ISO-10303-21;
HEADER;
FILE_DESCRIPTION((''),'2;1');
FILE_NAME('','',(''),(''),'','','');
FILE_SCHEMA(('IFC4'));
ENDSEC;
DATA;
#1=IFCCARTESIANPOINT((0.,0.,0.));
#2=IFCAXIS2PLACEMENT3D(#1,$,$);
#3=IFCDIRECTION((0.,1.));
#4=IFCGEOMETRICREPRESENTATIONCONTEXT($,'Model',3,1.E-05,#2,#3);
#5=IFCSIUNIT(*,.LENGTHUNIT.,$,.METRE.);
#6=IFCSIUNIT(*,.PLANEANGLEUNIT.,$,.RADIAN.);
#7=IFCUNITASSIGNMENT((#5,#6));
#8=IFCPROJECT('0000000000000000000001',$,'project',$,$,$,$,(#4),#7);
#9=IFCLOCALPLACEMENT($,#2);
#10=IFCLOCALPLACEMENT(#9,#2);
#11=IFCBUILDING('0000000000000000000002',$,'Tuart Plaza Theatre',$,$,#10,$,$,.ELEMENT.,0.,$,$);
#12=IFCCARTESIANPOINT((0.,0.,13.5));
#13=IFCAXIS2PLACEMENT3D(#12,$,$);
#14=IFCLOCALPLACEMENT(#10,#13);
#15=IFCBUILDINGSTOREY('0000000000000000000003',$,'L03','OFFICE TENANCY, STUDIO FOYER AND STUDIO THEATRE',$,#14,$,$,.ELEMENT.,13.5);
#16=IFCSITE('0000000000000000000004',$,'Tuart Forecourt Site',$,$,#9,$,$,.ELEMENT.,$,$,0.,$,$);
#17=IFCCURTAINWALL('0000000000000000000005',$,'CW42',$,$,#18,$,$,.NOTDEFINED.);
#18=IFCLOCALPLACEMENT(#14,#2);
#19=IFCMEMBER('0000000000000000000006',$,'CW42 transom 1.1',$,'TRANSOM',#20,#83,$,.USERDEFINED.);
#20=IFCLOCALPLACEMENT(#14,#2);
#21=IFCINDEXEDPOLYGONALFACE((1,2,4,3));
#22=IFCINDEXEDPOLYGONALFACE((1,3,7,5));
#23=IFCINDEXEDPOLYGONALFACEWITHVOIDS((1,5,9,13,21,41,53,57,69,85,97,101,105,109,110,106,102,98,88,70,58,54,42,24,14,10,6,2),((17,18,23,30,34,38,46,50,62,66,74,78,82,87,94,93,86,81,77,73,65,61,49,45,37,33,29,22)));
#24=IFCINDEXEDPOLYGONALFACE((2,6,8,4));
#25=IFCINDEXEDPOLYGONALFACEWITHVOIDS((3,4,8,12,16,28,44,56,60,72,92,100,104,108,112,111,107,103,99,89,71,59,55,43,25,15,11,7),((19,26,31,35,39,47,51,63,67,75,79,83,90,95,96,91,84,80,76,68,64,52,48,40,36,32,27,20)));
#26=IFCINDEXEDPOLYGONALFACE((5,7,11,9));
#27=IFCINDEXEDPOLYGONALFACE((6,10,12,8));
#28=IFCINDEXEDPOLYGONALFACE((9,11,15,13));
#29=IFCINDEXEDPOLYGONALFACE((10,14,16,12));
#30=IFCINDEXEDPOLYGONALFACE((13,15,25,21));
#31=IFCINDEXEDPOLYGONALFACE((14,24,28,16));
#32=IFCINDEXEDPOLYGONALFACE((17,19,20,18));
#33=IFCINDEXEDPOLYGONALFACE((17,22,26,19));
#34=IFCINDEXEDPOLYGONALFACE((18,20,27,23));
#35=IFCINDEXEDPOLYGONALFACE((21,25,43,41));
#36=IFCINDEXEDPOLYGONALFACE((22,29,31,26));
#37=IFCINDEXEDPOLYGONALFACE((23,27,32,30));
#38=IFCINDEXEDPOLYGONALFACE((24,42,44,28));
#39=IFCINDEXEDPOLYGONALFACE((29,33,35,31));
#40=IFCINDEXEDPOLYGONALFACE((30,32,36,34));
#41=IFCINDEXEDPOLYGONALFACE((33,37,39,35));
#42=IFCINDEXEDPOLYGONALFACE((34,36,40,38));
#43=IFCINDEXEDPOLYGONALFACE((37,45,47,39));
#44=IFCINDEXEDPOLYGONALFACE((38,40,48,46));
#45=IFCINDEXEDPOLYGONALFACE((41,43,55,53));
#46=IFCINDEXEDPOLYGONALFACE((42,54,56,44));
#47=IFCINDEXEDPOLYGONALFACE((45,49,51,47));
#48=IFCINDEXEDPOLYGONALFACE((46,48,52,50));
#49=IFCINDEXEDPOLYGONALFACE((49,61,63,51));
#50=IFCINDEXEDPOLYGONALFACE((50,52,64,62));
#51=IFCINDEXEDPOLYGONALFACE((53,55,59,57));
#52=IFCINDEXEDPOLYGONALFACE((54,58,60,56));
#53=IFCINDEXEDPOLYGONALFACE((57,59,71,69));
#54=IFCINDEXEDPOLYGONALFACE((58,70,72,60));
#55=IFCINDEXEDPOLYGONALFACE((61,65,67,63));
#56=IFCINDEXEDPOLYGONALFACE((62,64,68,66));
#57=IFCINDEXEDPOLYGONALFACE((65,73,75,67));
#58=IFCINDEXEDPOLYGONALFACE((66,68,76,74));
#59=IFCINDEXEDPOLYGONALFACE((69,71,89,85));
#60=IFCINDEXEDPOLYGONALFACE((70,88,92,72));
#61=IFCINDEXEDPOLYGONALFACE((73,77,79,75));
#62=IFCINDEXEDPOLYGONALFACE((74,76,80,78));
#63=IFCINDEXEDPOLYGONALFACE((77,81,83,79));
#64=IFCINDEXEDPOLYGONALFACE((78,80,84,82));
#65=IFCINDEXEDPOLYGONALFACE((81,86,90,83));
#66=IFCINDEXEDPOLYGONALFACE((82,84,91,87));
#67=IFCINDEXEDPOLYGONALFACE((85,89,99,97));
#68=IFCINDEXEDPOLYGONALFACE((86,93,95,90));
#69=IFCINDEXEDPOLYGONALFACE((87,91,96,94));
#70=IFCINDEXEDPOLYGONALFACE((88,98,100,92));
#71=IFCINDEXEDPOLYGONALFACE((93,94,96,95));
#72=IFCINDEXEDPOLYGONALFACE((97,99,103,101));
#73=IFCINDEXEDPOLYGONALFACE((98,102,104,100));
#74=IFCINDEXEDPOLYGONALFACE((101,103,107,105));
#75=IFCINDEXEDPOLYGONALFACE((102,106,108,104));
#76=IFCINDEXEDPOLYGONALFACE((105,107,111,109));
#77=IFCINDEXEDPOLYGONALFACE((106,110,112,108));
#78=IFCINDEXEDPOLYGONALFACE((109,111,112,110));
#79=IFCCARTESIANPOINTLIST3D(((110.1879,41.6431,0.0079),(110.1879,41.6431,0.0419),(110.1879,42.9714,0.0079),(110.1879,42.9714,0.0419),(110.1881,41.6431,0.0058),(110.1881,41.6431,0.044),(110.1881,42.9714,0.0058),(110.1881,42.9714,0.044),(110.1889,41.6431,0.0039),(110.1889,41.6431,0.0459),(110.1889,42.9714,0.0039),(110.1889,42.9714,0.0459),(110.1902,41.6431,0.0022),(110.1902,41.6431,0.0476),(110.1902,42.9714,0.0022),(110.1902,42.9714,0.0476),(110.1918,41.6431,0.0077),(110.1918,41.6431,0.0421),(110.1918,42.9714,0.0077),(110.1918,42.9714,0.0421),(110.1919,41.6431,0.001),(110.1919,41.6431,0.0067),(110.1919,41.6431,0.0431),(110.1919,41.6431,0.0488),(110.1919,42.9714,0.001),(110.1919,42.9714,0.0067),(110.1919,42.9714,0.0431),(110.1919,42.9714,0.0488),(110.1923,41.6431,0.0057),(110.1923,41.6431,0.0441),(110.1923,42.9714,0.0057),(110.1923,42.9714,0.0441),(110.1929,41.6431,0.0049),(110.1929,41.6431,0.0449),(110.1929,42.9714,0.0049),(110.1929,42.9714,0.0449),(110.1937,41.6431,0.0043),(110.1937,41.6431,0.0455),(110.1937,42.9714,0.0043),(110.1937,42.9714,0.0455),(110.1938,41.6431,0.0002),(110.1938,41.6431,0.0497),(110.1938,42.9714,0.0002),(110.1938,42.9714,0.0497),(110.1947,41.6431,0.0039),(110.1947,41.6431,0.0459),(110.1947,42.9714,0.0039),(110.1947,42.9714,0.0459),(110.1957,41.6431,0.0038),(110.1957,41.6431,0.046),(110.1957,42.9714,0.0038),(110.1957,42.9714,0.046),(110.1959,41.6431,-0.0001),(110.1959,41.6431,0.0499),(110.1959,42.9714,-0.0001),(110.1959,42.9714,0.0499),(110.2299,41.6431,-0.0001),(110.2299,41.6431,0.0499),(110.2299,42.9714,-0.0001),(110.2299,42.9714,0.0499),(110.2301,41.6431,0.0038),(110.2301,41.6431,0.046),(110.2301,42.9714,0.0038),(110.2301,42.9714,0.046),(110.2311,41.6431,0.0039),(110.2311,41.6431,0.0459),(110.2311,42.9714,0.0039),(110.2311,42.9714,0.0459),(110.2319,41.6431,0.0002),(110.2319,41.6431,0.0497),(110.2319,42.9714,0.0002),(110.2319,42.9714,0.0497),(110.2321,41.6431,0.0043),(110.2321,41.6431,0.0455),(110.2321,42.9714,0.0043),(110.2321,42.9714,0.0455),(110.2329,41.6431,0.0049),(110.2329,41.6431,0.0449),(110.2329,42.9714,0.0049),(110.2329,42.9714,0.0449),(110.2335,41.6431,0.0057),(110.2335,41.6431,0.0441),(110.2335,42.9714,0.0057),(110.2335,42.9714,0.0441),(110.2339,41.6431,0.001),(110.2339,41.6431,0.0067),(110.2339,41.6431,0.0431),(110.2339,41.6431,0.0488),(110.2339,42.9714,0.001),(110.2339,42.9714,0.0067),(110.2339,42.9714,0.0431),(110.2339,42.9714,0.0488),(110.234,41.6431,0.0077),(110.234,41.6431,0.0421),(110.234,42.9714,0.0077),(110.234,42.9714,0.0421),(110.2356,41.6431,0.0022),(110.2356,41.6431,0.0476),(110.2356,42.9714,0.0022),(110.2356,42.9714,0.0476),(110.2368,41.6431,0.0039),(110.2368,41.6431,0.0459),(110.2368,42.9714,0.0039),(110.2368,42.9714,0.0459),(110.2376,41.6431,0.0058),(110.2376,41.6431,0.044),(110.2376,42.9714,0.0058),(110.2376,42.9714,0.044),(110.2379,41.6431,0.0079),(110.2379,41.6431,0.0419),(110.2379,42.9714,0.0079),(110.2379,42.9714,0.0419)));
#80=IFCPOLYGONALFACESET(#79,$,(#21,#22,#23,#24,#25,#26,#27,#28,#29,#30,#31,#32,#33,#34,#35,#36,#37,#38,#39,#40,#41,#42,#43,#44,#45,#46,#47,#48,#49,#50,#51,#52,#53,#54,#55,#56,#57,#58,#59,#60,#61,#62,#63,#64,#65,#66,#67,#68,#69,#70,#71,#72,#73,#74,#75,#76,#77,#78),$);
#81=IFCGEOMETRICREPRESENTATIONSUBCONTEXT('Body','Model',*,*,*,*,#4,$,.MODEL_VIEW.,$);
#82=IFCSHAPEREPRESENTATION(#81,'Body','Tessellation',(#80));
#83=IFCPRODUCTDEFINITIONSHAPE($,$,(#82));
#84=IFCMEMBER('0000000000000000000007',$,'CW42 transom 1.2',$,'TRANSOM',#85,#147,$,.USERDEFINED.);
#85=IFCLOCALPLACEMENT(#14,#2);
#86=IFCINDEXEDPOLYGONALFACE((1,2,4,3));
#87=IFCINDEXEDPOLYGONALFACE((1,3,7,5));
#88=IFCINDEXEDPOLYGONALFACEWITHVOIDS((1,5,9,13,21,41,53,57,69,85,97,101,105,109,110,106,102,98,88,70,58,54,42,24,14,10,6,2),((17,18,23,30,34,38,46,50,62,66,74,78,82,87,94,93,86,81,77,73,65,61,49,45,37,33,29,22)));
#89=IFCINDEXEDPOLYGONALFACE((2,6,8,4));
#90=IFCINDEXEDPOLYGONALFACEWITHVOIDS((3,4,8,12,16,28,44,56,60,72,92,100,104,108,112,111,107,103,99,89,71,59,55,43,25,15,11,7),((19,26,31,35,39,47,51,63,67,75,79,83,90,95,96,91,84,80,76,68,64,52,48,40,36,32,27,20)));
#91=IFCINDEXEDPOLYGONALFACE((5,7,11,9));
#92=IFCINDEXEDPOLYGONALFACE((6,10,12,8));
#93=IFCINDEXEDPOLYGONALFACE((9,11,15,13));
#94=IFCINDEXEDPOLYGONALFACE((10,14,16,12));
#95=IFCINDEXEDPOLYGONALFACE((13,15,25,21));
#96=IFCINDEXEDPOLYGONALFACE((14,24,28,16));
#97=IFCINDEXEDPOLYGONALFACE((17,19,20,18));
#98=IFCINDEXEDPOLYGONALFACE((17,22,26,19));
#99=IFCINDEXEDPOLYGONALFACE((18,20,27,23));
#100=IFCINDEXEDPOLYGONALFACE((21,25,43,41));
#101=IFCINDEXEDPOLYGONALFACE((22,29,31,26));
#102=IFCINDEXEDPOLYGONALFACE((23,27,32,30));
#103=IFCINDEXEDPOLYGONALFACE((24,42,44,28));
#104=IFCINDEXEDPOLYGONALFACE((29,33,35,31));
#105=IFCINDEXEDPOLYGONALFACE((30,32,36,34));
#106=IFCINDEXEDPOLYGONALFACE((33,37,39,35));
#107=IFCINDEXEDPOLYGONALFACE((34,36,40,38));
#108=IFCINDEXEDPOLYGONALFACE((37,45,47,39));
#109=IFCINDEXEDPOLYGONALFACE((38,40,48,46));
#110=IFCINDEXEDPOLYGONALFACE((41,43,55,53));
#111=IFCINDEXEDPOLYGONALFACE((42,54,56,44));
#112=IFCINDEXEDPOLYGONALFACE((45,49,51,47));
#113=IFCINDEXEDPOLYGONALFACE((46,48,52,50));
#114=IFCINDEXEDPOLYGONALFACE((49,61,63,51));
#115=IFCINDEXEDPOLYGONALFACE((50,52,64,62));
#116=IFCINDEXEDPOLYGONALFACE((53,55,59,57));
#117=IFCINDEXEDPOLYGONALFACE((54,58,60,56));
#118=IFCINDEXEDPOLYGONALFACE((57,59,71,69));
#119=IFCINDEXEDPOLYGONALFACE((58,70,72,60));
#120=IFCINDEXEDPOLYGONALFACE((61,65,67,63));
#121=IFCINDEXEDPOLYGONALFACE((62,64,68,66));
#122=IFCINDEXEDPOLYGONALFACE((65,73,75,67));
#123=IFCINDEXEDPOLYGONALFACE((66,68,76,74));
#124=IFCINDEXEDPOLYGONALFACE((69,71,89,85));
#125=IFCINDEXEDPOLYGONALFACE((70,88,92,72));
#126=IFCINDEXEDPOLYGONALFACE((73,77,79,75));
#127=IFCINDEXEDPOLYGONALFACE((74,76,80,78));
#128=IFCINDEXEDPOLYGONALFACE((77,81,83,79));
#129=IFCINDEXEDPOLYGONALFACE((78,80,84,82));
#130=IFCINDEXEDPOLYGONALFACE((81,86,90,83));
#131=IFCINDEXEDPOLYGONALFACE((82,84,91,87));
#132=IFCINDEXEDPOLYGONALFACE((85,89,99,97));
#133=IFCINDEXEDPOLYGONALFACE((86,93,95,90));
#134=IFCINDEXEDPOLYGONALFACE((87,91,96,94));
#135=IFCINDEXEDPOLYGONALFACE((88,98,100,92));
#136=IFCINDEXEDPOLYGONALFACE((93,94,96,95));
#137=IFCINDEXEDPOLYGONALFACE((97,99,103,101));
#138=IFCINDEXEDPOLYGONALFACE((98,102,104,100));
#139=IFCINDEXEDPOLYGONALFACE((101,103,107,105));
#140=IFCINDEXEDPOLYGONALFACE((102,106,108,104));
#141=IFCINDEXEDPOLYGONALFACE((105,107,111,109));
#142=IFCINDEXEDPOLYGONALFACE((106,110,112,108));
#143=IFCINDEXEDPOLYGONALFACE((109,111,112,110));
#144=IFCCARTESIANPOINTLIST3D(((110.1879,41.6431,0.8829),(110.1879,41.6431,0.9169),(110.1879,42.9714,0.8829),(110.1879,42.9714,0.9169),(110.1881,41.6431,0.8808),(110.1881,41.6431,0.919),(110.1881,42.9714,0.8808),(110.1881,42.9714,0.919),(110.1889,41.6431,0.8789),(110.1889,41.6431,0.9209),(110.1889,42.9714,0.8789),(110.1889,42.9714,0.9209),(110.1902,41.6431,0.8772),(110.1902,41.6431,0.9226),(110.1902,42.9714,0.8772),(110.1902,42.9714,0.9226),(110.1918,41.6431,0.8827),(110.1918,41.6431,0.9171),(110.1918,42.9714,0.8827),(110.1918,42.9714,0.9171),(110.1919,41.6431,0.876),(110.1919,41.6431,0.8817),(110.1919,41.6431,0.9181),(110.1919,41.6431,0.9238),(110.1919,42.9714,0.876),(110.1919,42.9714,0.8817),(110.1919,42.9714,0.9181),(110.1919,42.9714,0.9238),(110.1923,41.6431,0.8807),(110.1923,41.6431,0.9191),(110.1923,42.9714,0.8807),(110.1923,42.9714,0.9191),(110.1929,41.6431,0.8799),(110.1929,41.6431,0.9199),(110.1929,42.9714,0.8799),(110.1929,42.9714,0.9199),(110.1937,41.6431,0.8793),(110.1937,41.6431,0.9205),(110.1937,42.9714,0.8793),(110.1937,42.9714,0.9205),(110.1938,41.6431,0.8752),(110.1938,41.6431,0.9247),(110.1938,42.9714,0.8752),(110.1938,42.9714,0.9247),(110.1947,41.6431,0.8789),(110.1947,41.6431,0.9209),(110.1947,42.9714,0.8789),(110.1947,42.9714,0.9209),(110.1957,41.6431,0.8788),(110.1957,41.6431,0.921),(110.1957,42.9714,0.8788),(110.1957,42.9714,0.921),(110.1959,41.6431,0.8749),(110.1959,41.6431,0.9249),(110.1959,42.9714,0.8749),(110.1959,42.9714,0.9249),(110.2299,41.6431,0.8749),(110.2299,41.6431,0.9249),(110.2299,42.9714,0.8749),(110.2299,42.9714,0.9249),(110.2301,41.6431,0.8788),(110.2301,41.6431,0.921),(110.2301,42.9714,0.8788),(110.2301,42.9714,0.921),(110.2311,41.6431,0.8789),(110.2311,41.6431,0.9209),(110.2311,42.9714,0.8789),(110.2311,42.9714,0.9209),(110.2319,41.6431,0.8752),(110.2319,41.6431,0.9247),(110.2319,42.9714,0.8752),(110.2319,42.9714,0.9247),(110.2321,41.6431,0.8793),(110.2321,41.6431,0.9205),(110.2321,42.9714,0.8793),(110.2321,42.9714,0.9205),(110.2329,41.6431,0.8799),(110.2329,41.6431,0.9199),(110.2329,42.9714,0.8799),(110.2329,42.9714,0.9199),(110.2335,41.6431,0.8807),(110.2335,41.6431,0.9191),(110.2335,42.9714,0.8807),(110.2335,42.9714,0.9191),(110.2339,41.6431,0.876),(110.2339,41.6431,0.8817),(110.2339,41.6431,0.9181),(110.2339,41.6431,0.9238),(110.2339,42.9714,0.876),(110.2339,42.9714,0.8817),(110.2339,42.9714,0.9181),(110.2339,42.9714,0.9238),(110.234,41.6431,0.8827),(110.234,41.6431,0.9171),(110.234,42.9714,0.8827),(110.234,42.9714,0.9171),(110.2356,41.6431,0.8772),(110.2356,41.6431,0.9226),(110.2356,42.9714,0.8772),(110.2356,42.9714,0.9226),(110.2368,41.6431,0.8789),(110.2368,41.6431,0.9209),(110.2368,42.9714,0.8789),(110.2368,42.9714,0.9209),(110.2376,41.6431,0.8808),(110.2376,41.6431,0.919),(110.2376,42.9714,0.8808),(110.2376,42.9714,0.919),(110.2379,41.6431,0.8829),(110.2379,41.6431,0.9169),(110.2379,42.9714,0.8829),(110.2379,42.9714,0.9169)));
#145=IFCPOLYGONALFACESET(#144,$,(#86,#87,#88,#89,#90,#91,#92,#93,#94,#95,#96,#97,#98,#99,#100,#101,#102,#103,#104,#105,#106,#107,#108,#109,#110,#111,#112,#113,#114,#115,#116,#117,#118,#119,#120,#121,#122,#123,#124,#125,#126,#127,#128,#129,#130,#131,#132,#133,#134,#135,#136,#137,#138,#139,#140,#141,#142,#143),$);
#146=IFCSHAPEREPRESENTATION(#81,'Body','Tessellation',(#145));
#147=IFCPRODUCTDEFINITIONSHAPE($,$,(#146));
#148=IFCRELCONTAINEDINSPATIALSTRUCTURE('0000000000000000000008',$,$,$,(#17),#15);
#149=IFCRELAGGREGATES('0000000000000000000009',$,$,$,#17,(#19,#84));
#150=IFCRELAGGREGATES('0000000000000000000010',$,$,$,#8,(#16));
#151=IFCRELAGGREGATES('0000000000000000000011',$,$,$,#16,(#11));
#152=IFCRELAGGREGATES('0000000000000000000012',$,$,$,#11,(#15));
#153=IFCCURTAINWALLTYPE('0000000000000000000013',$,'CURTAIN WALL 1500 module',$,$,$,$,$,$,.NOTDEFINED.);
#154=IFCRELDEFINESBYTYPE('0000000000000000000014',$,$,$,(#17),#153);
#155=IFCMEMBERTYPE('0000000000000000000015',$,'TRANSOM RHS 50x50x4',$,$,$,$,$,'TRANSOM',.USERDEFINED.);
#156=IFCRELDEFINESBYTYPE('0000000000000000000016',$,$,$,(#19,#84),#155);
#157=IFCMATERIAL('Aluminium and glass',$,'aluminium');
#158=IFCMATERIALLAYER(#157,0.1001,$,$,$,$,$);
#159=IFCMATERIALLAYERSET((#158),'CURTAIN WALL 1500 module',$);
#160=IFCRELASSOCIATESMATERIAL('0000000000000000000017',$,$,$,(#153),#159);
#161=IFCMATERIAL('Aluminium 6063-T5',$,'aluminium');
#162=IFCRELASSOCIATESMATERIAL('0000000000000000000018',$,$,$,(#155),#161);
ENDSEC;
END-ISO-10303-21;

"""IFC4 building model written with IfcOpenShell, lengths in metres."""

from ifc_helpers import new_model, si_unit, direction, frame, origin, origin_2d, place, context, subcontext, project, spatial, hollow_rectangle, extrude, material, layer, layer_set, material_profile, profile_set, type_object, element, aggregate, save


model = new_model("IFC4")

# Units and contexts
model_context = context("Model", 3, precision=1e-05, world=origin(), true_north=direction((0.0, 1.0)))
body_context = subcontext(model_context, "Body", "Model", "MODEL_VIEW")
ifc_project = project(units=[si_unit("LENGTHUNIT", "METRE"), si_unit("PLANEANGLEUNIT", "RADIAN")], contexts=[model_context])

# Site, building, storey
site_placement = place(None, origin())
site = spatial("IfcSite", under=ifc_project, at=site_placement, Name="Tuart Forecourt Site", CompositionType="ELEMENT", RefElevation=0.0)
building_placement = place(site_placement, origin())
building = spatial("IfcBuilding", under=site, at=building_placement, Name="Tuart Plaza Theatre", CompositionType="ELEMENT", ElevationOfRefHeight=0.0)
storey_placement = place(building_placement, frame((0.0, 0.0, 13.5)))
storey = spatial("IfcBuildingStorey", under=building, at=storey_placement, Name="L03", Description="OFFICE TENANCY, STUDIO FOYER AND STUDIO THEATRE", CompositionType="ELEMENT", Elevation=13.5)

# Shared definitions
ifc_material_1 = material(Name="Aluminium and glass", Category="aluminium")
ifc_layer_1 = layer(ifc_material_1, 0.1001)
ifc_layer_set_1 = layer_set([ifc_layer_1], Name="CURTAIN WALL 1500 module")
curtain_wall_type = type_object("IfcCurtainWallType", Name="CURTAIN WALL 1500 module", PredefinedType="NOTDEFINED", material=ifc_layer_set_1)

# Curtain wall
curtain_wall_1_placement = place(storey_placement, origin())
curtain_wall_1 = element("IfcCurtainWall", 1, at=curtain_wall_1_placement, inside=storey, type_object=curtain_wall_type, Name="CW42", PredefinedType="NOTDEFINED")

# Members
ifc_material_2 = material(Name="Aluminium 6063-T5", Category="aluminium")
ifc_material_profile_1 = material_profile(ifc_material_2, hollow_rectangle(XDim=0.05, YDim=0.05, WallThickness=0.0039, InnerFilletRadius=0.0039, OuterFilletRadius=0.0081, at=origin_2d()), Name="RHS 50x50x4")
ifc_profile_set_1 = profile_set([ifc_material_profile_1], Name="Aluminium 6063-T5")
member_type_1 = type_object("IfcMemberType", Name="TRANSOM RHS 50x50x4", ElementType="TRANSOM", PredefinedType="USERDEFINED", material=ifc_profile_set_1)
member_1_placement = place(storey_placement, frame((110.2129, 41.6431, 0.0249), z_axis=(0.0, 1.0, 0.0), x_axis=(-1.0, 0.0, 0.0)))
member_1 = element("IfcMember", 2, at=member_1_placement, type_object=member_type_1, Name="CW42 transom 1.1", ObjectType="TRANSOM", PredefinedType="USERDEFINED", context=body_context, shape_type="SweptSolid", body=[
    extrude(hollow_rectangle(XDim=0.05, YDim=0.05, WallThickness=0.0039, InnerFilletRadius=0.0039, OuterFilletRadius=0.0081, at=origin_2d()), origin(), (0.0, 0.0, 1.0), 1.3284),
])
member_2_placement = place(storey_placement, frame((110.2129, 41.6431, 0.8999), z_axis=(0.0, 1.0, 0.0), x_axis=(-1.0, 0.0, 0.0)))
member_2 = element("IfcMember", 3, at=member_2_placement, type_object=member_type_1, Name="CW42 transom 1.2", ObjectType="TRANSOM", PredefinedType="USERDEFINED", context=body_context, shape_type="SweptSolid", body=[
    extrude(hollow_rectangle(XDim=0.05, YDim=0.05, WallThickness=0.0039, InnerFilletRadius=0.0039, OuterFilletRadius=0.0081, at=origin_2d()), origin(), (0.0, 0.0, 1.0), 1.3284),
])
aggregate(curtain_wall_1, [member_1, member_2])

save(model, "model.ifc")
